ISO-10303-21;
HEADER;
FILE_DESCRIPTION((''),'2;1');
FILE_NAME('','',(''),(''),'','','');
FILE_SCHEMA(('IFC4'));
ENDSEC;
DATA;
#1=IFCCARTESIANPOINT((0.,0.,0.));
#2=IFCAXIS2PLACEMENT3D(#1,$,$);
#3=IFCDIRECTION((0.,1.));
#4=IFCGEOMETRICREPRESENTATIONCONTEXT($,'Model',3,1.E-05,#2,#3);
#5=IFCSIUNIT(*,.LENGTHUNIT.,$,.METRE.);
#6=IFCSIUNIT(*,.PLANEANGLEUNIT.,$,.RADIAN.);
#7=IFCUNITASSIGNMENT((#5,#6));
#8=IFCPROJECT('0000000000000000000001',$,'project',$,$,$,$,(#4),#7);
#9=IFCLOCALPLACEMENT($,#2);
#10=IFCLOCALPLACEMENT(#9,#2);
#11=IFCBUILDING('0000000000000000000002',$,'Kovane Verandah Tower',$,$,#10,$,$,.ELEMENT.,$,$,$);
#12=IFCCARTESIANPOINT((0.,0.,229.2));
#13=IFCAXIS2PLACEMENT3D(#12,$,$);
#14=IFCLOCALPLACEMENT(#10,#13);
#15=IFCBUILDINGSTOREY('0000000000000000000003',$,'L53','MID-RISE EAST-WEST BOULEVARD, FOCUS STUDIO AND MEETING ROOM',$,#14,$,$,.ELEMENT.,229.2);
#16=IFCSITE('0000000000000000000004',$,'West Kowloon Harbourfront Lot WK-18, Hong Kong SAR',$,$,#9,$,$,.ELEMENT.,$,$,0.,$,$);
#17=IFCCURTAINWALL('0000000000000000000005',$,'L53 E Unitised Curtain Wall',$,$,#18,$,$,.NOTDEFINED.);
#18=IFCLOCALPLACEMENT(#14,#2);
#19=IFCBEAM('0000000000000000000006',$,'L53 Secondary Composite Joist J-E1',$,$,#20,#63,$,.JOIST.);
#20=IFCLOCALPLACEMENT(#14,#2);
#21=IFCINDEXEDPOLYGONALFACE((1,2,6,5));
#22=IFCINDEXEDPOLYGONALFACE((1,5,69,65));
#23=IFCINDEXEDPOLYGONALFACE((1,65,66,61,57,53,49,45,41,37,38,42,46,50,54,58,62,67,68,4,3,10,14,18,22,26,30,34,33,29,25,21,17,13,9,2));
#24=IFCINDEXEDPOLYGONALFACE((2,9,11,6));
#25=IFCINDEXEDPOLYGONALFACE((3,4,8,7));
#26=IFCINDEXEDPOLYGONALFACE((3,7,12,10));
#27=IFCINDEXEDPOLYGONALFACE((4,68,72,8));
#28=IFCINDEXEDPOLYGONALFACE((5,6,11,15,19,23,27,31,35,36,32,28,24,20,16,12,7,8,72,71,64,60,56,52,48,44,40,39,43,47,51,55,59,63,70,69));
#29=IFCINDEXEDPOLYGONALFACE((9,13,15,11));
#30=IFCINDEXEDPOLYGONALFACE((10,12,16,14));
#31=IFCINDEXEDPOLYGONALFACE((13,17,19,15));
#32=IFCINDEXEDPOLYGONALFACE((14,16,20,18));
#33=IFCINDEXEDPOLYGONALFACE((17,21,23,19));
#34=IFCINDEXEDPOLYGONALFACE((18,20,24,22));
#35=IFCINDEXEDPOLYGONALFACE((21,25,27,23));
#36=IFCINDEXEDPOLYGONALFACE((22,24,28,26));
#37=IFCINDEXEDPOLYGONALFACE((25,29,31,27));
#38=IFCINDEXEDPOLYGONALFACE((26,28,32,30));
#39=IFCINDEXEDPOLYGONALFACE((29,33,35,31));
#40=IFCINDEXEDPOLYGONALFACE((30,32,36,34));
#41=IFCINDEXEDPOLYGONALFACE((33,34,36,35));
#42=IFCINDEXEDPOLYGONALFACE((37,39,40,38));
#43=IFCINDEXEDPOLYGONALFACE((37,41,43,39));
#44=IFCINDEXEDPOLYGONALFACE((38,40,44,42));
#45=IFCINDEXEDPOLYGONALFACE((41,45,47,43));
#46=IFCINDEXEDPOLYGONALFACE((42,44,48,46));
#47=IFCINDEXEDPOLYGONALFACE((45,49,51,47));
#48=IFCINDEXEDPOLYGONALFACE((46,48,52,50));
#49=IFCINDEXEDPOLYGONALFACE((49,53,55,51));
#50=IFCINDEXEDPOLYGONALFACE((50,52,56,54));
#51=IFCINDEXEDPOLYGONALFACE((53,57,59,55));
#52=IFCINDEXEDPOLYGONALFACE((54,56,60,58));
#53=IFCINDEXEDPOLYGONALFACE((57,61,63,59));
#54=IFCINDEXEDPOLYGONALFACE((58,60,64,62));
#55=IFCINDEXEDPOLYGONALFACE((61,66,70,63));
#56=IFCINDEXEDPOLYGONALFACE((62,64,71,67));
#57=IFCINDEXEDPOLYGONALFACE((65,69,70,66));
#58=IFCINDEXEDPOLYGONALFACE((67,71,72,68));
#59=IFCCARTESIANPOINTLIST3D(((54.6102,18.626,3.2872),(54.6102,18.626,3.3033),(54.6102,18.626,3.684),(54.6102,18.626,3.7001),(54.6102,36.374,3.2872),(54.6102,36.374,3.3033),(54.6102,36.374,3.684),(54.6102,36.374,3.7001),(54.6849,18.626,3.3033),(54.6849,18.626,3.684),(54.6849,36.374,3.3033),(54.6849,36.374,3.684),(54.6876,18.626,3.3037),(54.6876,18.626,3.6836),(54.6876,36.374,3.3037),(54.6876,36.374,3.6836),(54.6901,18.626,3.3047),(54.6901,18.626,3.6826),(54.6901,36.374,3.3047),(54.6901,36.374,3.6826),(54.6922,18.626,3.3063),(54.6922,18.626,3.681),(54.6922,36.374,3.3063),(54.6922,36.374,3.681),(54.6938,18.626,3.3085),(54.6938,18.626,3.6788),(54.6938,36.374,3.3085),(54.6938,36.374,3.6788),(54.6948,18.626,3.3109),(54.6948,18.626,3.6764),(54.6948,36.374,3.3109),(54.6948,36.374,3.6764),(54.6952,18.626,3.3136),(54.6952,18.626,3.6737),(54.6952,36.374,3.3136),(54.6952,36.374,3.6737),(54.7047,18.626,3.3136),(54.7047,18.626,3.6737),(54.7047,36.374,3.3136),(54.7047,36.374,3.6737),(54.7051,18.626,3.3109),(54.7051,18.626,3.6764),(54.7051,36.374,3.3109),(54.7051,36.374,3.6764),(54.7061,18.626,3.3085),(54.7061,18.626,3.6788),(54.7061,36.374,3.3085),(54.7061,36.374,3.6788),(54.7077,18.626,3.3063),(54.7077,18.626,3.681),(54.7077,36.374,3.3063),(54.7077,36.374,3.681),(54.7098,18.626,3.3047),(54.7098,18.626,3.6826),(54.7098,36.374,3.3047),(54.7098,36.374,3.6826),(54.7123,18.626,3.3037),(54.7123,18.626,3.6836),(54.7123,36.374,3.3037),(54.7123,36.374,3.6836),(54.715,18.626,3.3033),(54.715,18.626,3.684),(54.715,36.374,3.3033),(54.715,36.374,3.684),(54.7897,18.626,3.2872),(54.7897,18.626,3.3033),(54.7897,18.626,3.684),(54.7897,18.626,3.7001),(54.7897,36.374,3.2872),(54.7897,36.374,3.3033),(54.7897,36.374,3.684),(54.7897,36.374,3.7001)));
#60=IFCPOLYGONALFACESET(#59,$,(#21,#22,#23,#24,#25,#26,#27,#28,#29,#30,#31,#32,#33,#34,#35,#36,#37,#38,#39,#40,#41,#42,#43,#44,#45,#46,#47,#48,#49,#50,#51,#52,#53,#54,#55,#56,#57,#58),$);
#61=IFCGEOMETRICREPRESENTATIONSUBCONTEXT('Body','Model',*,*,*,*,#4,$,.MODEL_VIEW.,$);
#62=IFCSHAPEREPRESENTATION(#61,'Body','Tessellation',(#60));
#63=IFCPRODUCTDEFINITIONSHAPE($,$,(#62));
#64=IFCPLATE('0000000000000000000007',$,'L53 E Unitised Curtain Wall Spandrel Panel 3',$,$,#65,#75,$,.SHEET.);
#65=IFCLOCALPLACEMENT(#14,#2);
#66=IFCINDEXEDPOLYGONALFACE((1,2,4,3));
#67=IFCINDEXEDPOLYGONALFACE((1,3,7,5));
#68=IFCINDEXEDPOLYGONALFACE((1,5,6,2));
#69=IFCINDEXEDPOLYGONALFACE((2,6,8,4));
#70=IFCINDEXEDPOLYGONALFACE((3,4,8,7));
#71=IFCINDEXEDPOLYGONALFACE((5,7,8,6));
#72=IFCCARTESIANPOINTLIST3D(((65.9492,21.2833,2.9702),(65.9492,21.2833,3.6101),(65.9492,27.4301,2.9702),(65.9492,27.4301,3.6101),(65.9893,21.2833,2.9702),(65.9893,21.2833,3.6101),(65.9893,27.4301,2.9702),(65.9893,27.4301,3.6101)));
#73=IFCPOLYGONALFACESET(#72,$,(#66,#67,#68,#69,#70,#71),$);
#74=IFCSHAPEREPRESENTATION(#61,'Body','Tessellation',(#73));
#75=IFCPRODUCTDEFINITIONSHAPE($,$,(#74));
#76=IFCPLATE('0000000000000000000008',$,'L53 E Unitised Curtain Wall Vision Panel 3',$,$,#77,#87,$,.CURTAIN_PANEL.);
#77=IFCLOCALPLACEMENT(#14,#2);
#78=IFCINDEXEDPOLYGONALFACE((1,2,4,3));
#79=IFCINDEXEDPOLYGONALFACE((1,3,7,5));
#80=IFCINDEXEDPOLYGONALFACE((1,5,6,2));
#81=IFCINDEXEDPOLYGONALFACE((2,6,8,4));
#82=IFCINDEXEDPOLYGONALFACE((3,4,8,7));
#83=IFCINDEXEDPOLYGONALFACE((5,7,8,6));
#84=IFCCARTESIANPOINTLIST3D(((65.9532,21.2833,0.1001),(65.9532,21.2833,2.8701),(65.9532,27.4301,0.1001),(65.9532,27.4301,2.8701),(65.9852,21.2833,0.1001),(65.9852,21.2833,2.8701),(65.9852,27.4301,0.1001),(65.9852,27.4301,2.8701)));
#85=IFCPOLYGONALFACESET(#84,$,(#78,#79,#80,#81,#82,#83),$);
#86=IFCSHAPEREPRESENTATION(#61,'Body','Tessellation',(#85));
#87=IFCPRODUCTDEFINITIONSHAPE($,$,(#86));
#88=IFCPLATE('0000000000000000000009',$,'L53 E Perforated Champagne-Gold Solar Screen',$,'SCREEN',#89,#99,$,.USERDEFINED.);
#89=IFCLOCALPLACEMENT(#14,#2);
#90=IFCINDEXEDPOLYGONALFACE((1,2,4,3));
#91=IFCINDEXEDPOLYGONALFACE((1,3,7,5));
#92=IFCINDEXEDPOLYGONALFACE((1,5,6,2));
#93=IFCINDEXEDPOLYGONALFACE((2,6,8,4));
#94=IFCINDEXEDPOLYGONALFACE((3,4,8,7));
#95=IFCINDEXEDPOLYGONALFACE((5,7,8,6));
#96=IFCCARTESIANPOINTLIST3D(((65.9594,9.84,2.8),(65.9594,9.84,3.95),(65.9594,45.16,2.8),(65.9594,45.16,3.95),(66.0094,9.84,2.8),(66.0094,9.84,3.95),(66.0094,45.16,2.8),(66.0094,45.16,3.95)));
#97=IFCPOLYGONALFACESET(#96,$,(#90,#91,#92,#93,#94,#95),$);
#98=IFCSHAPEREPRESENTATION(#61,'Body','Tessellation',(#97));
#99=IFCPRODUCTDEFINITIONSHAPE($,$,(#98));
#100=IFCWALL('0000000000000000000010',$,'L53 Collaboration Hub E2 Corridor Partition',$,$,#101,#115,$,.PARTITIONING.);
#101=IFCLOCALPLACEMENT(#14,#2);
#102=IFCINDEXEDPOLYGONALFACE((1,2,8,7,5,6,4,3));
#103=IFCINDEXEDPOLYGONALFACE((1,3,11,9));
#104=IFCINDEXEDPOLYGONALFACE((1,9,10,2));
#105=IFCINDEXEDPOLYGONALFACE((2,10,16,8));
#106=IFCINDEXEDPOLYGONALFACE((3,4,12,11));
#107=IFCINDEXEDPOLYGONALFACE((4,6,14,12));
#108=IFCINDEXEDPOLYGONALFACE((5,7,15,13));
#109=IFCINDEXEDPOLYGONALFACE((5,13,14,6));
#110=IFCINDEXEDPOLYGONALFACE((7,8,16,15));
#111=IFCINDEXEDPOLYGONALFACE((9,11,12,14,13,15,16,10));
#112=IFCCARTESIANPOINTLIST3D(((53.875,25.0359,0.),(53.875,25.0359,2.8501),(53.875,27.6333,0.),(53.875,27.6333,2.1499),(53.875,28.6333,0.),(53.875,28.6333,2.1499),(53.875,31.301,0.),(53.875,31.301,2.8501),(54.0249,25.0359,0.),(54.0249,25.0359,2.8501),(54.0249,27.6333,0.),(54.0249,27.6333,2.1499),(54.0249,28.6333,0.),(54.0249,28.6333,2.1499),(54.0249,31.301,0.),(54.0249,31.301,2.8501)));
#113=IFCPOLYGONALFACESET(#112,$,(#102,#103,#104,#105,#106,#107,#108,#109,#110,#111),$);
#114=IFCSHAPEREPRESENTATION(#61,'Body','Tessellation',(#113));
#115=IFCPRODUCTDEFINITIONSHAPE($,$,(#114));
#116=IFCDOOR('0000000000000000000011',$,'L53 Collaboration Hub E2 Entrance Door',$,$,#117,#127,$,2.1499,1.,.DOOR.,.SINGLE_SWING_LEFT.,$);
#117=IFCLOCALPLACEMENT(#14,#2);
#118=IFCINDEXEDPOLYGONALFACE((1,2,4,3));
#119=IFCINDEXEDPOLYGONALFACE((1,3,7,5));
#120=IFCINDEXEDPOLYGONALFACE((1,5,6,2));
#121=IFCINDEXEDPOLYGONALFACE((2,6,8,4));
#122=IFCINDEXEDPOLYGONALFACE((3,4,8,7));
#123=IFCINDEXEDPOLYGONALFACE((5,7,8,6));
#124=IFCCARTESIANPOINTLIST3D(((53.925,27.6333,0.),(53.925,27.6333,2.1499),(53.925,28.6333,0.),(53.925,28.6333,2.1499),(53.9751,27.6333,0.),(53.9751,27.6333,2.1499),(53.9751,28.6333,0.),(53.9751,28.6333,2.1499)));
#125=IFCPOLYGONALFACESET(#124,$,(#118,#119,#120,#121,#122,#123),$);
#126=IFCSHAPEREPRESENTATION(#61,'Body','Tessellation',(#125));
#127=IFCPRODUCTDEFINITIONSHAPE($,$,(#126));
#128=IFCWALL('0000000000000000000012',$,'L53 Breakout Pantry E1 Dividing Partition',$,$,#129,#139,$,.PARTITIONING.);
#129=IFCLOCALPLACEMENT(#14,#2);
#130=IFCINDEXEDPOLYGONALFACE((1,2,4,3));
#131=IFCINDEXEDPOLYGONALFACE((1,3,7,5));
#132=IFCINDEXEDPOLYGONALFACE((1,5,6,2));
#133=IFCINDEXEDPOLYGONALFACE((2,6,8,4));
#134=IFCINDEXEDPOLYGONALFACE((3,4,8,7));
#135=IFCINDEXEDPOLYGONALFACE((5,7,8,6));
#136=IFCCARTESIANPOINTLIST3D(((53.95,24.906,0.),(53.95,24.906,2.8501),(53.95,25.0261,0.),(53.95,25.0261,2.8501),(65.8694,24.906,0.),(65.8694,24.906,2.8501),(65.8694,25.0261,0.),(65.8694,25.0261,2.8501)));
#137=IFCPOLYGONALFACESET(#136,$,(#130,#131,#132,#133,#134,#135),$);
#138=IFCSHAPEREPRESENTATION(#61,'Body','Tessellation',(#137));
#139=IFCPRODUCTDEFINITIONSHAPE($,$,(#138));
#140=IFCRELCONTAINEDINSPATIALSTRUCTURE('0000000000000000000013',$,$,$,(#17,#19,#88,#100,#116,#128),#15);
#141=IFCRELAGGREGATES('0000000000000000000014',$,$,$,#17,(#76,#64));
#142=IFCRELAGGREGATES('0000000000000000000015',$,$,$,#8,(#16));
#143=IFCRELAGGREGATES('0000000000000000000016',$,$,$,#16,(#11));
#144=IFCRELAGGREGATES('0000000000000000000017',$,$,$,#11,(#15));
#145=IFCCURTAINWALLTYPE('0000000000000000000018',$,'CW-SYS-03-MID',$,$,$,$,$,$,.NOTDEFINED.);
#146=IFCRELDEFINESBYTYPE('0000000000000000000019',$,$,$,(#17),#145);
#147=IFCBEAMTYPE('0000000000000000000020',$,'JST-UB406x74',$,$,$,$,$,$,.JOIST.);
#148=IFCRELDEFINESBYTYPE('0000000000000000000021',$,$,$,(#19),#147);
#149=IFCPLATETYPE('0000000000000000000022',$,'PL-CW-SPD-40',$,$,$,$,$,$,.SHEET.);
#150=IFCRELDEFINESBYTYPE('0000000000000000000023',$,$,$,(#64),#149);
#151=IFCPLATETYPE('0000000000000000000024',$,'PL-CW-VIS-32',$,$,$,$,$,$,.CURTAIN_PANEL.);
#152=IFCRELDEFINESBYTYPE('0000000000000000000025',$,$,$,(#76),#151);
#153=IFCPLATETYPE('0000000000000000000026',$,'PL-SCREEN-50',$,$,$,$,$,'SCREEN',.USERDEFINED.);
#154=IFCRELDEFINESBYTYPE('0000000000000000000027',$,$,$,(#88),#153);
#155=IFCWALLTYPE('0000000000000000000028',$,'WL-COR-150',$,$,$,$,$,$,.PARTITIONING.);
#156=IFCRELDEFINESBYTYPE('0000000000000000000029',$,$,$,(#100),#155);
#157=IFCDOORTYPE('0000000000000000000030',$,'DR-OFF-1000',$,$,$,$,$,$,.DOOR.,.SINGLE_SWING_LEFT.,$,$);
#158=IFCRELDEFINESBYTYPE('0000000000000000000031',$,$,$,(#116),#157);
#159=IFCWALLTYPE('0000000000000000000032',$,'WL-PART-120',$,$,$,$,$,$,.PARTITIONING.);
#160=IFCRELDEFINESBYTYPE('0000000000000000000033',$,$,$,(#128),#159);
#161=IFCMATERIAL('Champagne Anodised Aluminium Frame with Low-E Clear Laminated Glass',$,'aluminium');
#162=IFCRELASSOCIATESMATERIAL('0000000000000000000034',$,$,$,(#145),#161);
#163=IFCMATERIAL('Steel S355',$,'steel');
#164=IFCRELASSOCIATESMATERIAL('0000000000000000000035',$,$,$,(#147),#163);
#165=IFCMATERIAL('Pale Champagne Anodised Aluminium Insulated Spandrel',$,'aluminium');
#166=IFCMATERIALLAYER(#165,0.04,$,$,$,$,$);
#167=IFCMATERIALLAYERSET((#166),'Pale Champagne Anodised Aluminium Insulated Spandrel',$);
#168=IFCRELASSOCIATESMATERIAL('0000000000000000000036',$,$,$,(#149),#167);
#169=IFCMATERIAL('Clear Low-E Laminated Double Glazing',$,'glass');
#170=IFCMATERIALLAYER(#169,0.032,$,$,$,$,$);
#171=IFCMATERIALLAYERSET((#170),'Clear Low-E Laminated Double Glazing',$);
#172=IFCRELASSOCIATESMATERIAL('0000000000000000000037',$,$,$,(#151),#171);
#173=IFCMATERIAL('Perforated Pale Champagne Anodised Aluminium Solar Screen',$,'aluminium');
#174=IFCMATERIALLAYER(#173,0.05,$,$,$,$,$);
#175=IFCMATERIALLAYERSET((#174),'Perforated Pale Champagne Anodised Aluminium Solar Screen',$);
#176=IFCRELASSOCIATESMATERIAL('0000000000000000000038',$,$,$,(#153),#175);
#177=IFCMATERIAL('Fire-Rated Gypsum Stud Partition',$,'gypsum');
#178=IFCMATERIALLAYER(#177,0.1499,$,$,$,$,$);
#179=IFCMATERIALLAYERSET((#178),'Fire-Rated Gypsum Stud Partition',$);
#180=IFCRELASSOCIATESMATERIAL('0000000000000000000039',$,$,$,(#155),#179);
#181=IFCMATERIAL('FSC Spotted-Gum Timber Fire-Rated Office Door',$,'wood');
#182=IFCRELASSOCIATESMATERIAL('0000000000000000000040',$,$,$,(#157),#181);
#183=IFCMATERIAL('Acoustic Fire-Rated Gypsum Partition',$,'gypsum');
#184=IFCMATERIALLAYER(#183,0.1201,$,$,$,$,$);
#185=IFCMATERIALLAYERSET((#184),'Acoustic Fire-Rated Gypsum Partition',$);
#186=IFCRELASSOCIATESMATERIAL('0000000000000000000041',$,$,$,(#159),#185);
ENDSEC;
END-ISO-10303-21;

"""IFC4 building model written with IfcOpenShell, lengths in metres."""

from ifc_helpers import new_model, si_unit, direction, frame, frame_2d, origin, origin_2d, place, context, subcontext, project, spatial, rectangle, i_section, extrude, material, layer, layer_set, material_profile, profile_set, type_object, element, fill, aggregate, save


model = new_model("IFC4")

# Units and contexts
model_context = context("Model", 3, precision=1e-05, world=origin(), true_north=direction((0.0, 1.0)))
body_context = subcontext(model_context, "Body", "Model", "MODEL_VIEW")
ifc_project = project(units=[si_unit("LENGTHUNIT", "METRE"), si_unit("PLANEANGLEUNIT", "RADIAN")], contexts=[model_context])

# Site, building, storey
site_placement = place(None, origin())
site = spatial("IfcSite", under=ifc_project, at=site_placement, Name="West Kowloon Harbourfront Lot WK-18, Hong Kong SAR", CompositionType="ELEMENT", RefElevation=0.0)
building_placement = place(site_placement, origin())
building = spatial("IfcBuilding", under=site, at=building_placement, Name="Kovane Verandah Tower", CompositionType="ELEMENT")
storey_placement = place(building_placement, frame((0.0, 0.0, 229.2)))
storey = spatial("IfcBuildingStorey", under=building, at=storey_placement, Name="L53", Description="MID-RISE EAST-WEST BOULEVARD, FOCUS STUDIO AND MEETING ROOM", CompositionType="ELEMENT", Elevation=229.2)

# Shared definitions
ifc_material_1 = material(Name="Steel S355", Category="steel")

# Curtain wall
ifc_material_2 = material(Name="Champagne Anodised Aluminium Frame with Low-E Clear Laminated Glass", Category="aluminium")
curtain_wall_type = type_object("IfcCurtainWallType", Name="CW-SYS-03-MID", PredefinedType="NOTDEFINED", material=ifc_material_2)
curtain_wall_placement = place(storey_placement, origin())
curtain_wall = element("IfcCurtainWall", 1, at=curtain_wall_placement, inside=storey, type_object=curtain_wall_type, Name="L53 E Unitised Curtain Wall", PredefinedType="NOTDEFINED")

# Beam
ifc_material_profile_1 = material_profile(ifc_material_1, i_section(OverallWidth=0.1794, OverallDepth=0.4128, WebThickness=0.0095, FlangeThickness=0.0161, FilletRadius=0.0103, at=origin_2d()), Name="UB406x178x74")
ifc_profile_set_1 = profile_set([ifc_material_profile_1], Name="Steel S355")
beam_type_1 = type_object("IfcBeamType", Name="JST-UB406x74", PredefinedType="JOIST", material=ifc_profile_set_1)
beam_1_placement = place(storey_placement, frame((54.7, 18.626, 3.4937), z_axis=(0.0, 1.0, 0.0), x_axis=(-1.0, 0.0, 0.0)))
element("IfcBeam", 2, at=beam_1_placement, inside=storey, type_object=beam_type_1, Name="L53 Secondary Composite Joist J-E1", PredefinedType="JOIST", context=body_context, shape_type="SweptSolid", body=[
    extrude(i_section(OverallWidth=0.1794, OverallDepth=0.4128, WebThickness=0.0095, FlangeThickness=0.0161, FilletRadius=0.0103, at=origin_2d()), origin(), (0.0, 0.0, 1.0), 17.748),
])

# Plates
ifc_material_3 = material(Name="Pale Champagne Anodised Aluminium Insulated Spandrel", Category="aluminium")
ifc_layer_1 = layer(ifc_material_3, 0.04)
ifc_layer_set_1 = layer_set([ifc_layer_1], Name="Pale Champagne Anodised Aluminium Insulated Spandrel")
plate_type_1 = type_object("IfcPlateType", Name="PL-CW-SPD-40", PredefinedType="SHEET", material=ifc_layer_set_1)
plate_1_placement = place(storey_placement, frame((65.9692, 24.3567, 2.9702), z_axis=(0.0, 0.0, 1.0), x_axis=(0.0, 1.0, 0.0)))
plate_1 = element("IfcPlate", 3, at=plate_1_placement, type_object=plate_type_1, Name="L53 E Unitised Curtain Wall Spandrel Panel 3", PredefinedType="SHEET", context=body_context, shape_type="SweptSolid", body=[
    extrude(rectangle(XDim=6.1467, YDim=0.04, at=origin_2d()), origin(), (0.0, 0.0, 1.0), 0.6399),
])
ifc_material_4 = material(Name="Clear Low-E Laminated Double Glazing", Category="glass")
ifc_layer_2 = layer(ifc_material_4, 0.032)
ifc_layer_set_2 = layer_set([ifc_layer_2], Name="Clear Low-E Laminated Double Glazing")
plate_type_2 = type_object("IfcPlateType", Name="PL-CW-VIS-32", PredefinedType="CURTAIN_PANEL", material=ifc_layer_set_2)
plate_2_placement = place(storey_placement, frame((65.9692, 24.3567, 0.1001), z_axis=(0.0, 0.0, 1.0), x_axis=(0.0, 1.0, 0.0)))
plate_2 = element("IfcPlate", 4, at=plate_2_placement, type_object=plate_type_2, Name="L53 E Unitised Curtain Wall Vision Panel 3", PredefinedType="CURTAIN_PANEL", context=body_context, shape_type="SweptSolid", body=[
    extrude(rectangle(XDim=6.1467, YDim=0.032, at=origin_2d()), origin(), (0.0, 0.0, 1.0), 2.77),
])
aggregate(curtain_wall, [plate_2, plate_1])
ifc_material_5 = material(Name="Perforated Pale Champagne Anodised Aluminium Solar Screen", Category="aluminium")
ifc_layer_3 = layer(ifc_material_5, 0.05)
ifc_layer_set_3 = layer_set([ifc_layer_3], Name="Perforated Pale Champagne Anodised Aluminium Solar Screen")
plate_type_3 = type_object("IfcPlateType", Name="PL-SCREEN-50", ElementType="SCREEN", PredefinedType="USERDEFINED", material=ifc_layer_set_3)
plate_3_placement = place(storey_placement, frame((65.9844, 27.5, 2.8), z_axis=(0.0, 0.0, 1.0), x_axis=(0.0, 1.0, 0.0)))
element("IfcPlate", 5, at=plate_3_placement, inside=storey, type_object=plate_type_3, Name="L53 E Perforated Champagne-Gold Solar Screen", ObjectType="SCREEN", PredefinedType="USERDEFINED", context=body_context, shape_type="SweptSolid", body=[
    extrude(rectangle(XDim=35.3201, YDim=0.05, at=origin_2d()), origin(), (0.0, 0.0, 1.0), 1.1499),
])

# Wall, opening, door
ifc_material_6 = material(Name="Fire-Rated Gypsum Stud Partition", Category="gypsum")
ifc_layer_4 = layer(ifc_material_6, 0.1499)
ifc_layer_set_4 = layer_set([ifc_layer_4], Name="Fire-Rated Gypsum Stud Partition")
wall_type_1 = type_object("IfcWallType", Name="WL-COR-150", PredefinedType="PARTITIONING", material=ifc_layer_set_4)
wall_1_placement = place(storey_placement, frame((53.95, 25.0359, 0.0), z_axis=(0.0, 0.0, 1.0), x_axis=(0.0, 1.0, 0.0)))
wall_1 = element("IfcWall", 6, at=wall_1_placement, inside=storey, type_object=wall_type_1, Name="L53 Collaboration Hub E2 Corridor Partition", PredefinedType="PARTITIONING", context=body_context, shape_type="SweptSolid", body=[
    extrude(rectangle(XDim=6.2651, YDim=0.1499, at=frame_2d((3.1326, 0.0))), origin(), (0.0, 0.0, 1.0), 2.8501),
])
opening_1_placement = place(wall_1_placement, frame((2.5974, 0.0, 0.0)))
opening_1 = element("IfcOpeningElement", 7, at=opening_1_placement, cuts=wall_1, PredefinedType="OPENING", context=body_context, shape_type="SweptSolid", body=[
    extrude(rectangle(XDim=1.0, YDim=2.1499, at=frame_2d((0.5, 1.075))), frame((0.0, 0.075, 0.0), z_axis=(0.0, -1.0, 0.0), x_axis=(1.0, 0.0, 0.0)), (0.0, 0.0, 1.0), 0.1499),
])
ifc_material_7 = material(Name="FSC Spotted-Gum Timber Fire-Rated Office Door", Category="wood")
door_type_1 = type_object("IfcDoorType", Name="DR-OFF-1000", OperationType="SINGLE_SWING_LEFT", PredefinedType="DOOR", material=ifc_material_7)
door_1_placement = place(opening_1_placement, origin())
door_1 = element("IfcDoor", 8, at=door_1_placement, inside=storey, type_object=door_type_1, Name="L53 Collaboration Hub E2 Entrance Door", OperationType="SINGLE_SWING_LEFT", OverallHeight=2.1499, OverallWidth=1.0, PredefinedType="DOOR", context=body_context, shape_type="SweptSolid", body=[
    extrude(rectangle(XDim=1.0, YDim=2.1499, at=frame_2d((0.5, 1.075))), frame((0.0, 0.0249, 0.0), z_axis=(0.0, -1.0, 0.0), x_axis=(1.0, 0.0, 0.0)), (0.0, 0.0, 1.0), 0.05),
])
fill(opening_1, door_1)

# Wall
ifc_material_8 = material(Name="Acoustic Fire-Rated Gypsum Partition", Category="gypsum")
ifc_layer_5 = layer(ifc_material_8, 0.1201)
ifc_layer_set_5 = layer_set([ifc_layer_5], Name="Acoustic Fire-Rated Gypsum Partition")
wall_type_2 = type_object("IfcWallType", Name="WL-PART-120", PredefinedType="PARTITIONING", material=ifc_layer_set_5)
wall_2_placement = place(storey_placement, frame((53.95, 24.9661, 0.0), z_axis=(0.0, 0.0, 1.0), x_axis=(1.0, 0.0, 0.0)))
element("IfcWall", 9, at=wall_2_placement, inside=storey, type_object=wall_type_2, Name="L53 Breakout Pantry E1 Dividing Partition", PredefinedType="PARTITIONING", context=body_context, shape_type="SweptSolid", body=[
    extrude(rectangle(XDim=11.9194, YDim=0.1201, at=frame_2d((5.9597, 0.0))), origin(), (0.0, 0.0, 1.0), 2.8501),
])

save(model, "model.ifc")
